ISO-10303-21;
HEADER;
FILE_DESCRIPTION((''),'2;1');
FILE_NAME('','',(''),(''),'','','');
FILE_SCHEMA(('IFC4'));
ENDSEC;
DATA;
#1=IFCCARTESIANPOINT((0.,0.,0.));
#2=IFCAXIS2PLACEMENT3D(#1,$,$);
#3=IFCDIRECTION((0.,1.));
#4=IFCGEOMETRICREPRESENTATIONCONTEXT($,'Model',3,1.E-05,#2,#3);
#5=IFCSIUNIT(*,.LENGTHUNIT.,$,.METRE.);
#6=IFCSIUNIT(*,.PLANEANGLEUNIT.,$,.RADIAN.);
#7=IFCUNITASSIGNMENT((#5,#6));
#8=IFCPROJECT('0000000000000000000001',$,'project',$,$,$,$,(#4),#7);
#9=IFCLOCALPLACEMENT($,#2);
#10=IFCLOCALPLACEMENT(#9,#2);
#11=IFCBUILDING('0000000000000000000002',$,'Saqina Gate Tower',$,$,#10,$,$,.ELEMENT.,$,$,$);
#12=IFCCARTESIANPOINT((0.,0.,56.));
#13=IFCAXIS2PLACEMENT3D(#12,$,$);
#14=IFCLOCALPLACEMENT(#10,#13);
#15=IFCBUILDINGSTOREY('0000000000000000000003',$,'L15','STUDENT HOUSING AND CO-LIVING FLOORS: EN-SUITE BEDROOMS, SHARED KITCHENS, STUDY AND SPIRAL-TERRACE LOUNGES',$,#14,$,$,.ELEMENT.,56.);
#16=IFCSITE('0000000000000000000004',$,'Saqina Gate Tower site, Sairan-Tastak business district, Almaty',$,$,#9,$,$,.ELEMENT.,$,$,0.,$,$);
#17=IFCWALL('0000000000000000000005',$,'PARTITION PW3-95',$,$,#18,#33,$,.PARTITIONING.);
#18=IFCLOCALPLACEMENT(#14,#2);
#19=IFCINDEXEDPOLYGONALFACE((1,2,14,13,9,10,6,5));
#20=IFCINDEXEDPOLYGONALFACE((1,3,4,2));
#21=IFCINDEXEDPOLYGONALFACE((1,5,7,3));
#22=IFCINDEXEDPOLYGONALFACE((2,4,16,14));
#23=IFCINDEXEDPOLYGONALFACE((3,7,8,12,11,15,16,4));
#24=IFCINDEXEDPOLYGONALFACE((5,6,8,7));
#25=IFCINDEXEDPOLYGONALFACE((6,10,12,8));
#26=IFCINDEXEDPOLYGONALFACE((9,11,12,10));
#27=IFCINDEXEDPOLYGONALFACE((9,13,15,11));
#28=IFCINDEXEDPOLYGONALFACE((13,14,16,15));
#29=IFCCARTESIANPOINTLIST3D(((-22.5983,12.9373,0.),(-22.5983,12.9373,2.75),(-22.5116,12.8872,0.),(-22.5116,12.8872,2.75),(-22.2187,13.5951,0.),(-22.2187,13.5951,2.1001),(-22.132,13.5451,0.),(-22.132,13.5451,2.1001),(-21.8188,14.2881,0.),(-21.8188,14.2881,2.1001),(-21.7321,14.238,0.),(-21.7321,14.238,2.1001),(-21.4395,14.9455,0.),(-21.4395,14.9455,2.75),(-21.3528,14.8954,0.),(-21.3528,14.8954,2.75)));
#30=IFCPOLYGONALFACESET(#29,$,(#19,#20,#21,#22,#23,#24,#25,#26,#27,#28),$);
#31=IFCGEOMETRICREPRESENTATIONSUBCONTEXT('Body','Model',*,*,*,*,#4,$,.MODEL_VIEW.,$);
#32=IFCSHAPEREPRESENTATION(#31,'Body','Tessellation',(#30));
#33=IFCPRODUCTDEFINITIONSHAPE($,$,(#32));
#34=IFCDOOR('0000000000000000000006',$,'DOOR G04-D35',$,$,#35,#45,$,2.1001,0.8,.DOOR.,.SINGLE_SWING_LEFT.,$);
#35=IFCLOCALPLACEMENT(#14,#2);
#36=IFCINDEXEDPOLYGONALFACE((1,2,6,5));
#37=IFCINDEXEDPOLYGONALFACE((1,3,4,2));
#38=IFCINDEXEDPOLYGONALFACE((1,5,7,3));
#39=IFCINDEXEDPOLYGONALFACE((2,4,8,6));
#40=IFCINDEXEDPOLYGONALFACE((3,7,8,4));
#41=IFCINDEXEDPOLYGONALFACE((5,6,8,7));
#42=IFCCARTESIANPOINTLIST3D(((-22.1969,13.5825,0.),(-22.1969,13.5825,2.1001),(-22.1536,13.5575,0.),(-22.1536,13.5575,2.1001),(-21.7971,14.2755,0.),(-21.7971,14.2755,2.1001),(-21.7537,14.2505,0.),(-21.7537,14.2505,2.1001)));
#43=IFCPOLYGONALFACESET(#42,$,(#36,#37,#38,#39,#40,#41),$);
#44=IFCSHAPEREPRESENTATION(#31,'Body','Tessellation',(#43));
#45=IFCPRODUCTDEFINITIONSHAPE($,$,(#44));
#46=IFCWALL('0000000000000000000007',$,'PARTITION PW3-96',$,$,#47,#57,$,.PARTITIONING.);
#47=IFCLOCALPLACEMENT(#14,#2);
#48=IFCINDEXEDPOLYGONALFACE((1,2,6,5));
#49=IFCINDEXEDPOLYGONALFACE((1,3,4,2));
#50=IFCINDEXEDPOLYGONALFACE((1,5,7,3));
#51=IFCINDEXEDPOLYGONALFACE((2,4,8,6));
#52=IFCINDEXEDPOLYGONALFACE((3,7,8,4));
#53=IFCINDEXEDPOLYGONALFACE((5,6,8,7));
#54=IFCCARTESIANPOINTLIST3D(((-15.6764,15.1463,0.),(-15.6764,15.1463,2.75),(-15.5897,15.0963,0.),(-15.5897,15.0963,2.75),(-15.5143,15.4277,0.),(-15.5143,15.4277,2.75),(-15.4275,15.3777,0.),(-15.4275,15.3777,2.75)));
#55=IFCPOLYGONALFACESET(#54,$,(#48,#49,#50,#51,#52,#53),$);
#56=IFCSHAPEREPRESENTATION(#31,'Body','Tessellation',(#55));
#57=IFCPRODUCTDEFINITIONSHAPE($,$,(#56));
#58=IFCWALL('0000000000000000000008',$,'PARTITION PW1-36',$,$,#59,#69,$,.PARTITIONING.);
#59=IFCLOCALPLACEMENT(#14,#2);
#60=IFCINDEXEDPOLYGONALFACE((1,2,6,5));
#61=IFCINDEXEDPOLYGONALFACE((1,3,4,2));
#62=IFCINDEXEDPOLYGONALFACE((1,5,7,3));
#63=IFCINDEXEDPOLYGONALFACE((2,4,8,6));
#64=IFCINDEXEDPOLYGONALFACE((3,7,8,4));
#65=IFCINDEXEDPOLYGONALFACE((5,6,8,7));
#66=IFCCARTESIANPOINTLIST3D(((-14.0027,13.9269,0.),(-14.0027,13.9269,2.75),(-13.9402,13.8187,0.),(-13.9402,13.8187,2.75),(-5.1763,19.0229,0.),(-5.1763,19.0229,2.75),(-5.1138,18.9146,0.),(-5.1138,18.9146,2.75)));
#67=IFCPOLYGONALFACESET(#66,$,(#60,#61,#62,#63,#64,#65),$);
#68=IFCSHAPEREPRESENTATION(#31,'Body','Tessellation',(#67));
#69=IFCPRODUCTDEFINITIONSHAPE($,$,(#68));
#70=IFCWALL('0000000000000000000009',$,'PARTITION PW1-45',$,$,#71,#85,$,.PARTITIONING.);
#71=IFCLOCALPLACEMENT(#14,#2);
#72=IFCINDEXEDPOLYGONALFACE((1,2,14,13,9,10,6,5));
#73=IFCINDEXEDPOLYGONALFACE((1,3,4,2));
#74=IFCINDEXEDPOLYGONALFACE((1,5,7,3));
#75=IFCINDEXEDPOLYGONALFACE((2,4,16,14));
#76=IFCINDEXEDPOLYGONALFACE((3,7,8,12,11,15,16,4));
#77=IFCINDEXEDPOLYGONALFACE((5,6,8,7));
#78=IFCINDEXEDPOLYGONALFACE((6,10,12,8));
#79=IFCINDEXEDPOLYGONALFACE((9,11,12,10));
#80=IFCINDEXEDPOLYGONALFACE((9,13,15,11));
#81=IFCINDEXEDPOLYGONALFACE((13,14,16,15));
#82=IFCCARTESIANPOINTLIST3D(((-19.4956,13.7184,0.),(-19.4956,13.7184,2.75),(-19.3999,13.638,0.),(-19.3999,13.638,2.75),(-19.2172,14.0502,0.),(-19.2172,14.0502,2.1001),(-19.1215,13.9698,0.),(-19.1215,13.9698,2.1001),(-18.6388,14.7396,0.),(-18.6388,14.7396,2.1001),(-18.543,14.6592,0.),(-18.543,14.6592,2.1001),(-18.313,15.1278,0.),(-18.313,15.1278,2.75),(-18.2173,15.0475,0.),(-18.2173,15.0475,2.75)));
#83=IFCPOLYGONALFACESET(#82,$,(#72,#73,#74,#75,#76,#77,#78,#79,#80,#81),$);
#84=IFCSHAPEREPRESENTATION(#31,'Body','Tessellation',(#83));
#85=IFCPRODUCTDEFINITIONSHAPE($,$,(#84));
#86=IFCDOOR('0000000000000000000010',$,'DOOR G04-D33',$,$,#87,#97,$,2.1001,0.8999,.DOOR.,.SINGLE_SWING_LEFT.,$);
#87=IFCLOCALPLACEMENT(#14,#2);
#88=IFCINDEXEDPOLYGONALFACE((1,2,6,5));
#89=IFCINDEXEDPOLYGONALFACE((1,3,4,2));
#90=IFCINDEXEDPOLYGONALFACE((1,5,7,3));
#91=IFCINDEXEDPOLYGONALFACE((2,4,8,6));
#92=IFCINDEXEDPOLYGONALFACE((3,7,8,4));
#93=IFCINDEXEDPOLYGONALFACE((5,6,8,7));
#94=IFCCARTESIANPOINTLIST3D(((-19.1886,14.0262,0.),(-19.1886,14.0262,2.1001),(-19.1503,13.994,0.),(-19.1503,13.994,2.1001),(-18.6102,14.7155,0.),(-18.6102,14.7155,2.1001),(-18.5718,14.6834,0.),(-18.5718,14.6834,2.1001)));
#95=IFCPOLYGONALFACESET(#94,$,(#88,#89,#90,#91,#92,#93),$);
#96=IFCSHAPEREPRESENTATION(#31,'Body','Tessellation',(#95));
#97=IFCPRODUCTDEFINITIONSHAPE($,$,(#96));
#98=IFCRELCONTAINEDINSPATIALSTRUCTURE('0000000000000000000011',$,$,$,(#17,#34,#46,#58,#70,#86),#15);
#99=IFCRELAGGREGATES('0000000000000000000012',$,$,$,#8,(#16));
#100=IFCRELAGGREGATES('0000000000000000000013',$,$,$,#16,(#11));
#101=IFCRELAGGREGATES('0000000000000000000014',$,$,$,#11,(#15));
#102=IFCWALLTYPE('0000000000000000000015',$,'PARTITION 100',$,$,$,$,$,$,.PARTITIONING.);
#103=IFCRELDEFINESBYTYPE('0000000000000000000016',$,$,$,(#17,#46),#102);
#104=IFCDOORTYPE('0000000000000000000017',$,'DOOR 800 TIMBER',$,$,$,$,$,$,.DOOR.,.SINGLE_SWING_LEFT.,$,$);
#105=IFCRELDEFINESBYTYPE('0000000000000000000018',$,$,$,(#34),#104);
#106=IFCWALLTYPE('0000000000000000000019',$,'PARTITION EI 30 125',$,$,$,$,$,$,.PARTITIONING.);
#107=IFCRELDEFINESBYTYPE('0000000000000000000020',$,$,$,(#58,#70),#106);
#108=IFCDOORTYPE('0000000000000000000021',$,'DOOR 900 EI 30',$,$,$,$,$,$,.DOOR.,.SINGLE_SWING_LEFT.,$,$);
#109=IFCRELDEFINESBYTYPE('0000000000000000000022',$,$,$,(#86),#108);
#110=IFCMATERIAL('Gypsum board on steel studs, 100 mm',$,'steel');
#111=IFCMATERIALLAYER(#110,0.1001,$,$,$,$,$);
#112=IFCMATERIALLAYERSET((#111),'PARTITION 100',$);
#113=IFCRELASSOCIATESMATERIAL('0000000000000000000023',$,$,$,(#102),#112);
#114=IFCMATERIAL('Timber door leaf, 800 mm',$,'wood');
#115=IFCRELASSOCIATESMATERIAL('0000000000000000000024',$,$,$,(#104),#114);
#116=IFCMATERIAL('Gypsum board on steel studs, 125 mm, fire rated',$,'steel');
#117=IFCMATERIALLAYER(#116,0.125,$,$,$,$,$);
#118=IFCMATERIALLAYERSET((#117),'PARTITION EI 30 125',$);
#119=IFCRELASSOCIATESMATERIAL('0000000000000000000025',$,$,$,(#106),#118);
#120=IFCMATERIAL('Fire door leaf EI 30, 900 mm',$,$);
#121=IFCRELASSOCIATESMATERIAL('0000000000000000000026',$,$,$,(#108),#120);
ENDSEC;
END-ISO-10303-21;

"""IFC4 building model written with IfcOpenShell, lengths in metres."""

from ifc_helpers import new_model, si_unit, direction, frame, frame_2d, origin, place, context, subcontext, project, spatial, rectangle, extrude, material, layer, layer_set, type_object, element, fill, save


model = new_model("IFC4")

# Units and contexts
model_context = context("Model", 3, precision=1e-05, world=origin(), true_north=direction((0.0, 1.0)))
body_context = subcontext(model_context, "Body", "Model", "MODEL_VIEW")
ifc_project = project(units=[si_unit("LENGTHUNIT", "METRE"), si_unit("PLANEANGLEUNIT", "RADIAN")], contexts=[model_context])

# Site, building, storey
site_placement = place(None, origin())
site = spatial("IfcSite", under=ifc_project, at=site_placement, Name="Saqina Gate Tower site, Sairan-Tastak business district, Almaty", CompositionType="ELEMENT", RefElevation=0.0)
building_placement = place(site_placement, origin())
building = spatial("IfcBuilding", under=site, at=building_placement, Name="Saqina Gate Tower", CompositionType="ELEMENT")
storey_placement = place(building_placement, frame((0.0, 0.0, 56.0)))
storey = spatial("IfcBuildingStorey", under=building, at=storey_placement, Name="L15", Description="STUDENT HOUSING AND CO-LIVING FLOORS: EN-SUITE BEDROOMS, SHARED KITCHENS, STUDY AND SPIRAL-TERRACE LOUNGES", CompositionType="ELEMENT", Elevation=56.0)

# Shared definitions
ifc_material_1 = material(Name="Gypsum board on steel studs, 100 mm", Category="steel")
ifc_layer_1 = layer(ifc_material_1, 0.1001)
ifc_layer_set_1 = layer_set([ifc_layer_1], Name="PARTITION 100")
wall_type_1 = type_object("IfcWallType", Name="PARTITION 100", PredefinedType="PARTITIONING", material=ifc_layer_set_1)

# Shared definitions
ifc_material_2 = material(Name="Timber door leaf, 800 mm", Category="wood")
door_type_1 = type_object("IfcDoorType", Name="DOOR 800 TIMBER", OperationType="SINGLE_SWING_LEFT", PredefinedType="DOOR", material=ifc_material_2)

# Wall, opening, door
wall_1_placement = place(storey_placement, frame((-22.5549, 12.9124, 0.0), z_axis=(0.0, 0.0, 1.0), x_axis=(0.49982, 0.866129, 0.0)))
wall_1 = element("IfcWall", 1, at=wall_1_placement, inside=storey, type_object=wall_type_1, Name="PARTITION PW3-95", PredefinedType="PARTITIONING", context=body_context, shape_type="SweptSolid", body=[
    extrude(rectangle(XDim=2.3186, YDim=0.1001, at=frame_2d((1.1592, 0.0))), origin(), (0.0, 0.0, 1.0), 2.75),
])
opening_1_placement = place(wall_1_placement, frame((0.7595, 0.0, 0.0)))
opening_1 = element("IfcOpeningElement", 2, at=opening_1_placement, cuts=wall_1, PredefinedType="OPENING", context=body_context, shape_type="SweptSolid", body=[
    extrude(rectangle(XDim=0.8, YDim=2.1001, at=frame_2d((0.3999, 1.05))), frame((0.0, 0.062, 0.0), z_axis=(0.0, -1.0, 0.0), x_axis=(1.0, 0.0, 0.0)), (0.0, 0.0, 1.0), 0.124),
])
door_1_placement = place(opening_1_placement, origin())
door_1 = element("IfcDoor", 3, at=door_1_placement, inside=storey, type_object=door_type_1, Name="DOOR G04-D35", OperationType="SINGLE_SWING_LEFT", OverallHeight=2.1001, OverallWidth=0.8, PredefinedType="DOOR", context=body_context, shape_type="SweptSolid", body=[
    extrude(rectangle(XDim=0.8, YDim=2.1001, at=frame_2d((0.3999, 1.05))), frame((0.0, 0.0249, 0.0), z_axis=(0.0, -1.0, 0.0), x_axis=(1.0, 0.0, 0.0)), (0.0, 0.0, 1.0), 0.05),
])
fill(opening_1, door_1)

# Walls
wall_2_placement = place(storey_placement, frame((-15.6331, 15.1213, 0.0), z_axis=(0.0, 0.0, 1.0), x_axis=(0.499375, 0.866386, 0.0)))
element("IfcWall", 4, at=wall_2_placement, inside=storey, type_object=wall_type_1, Name="PARTITION PW3-96", PredefinedType="PARTITIONING", context=body_context, shape_type="SweptSolid", body=[
    extrude(rectangle(XDim=0.3247, YDim=0.1001, at=frame_2d((0.1624, 0.0))), origin(), (0.0, 0.0, 1.0), 2.75),
])
ifc_material_3 = material(Name="Gypsum board on steel studs, 125 mm, fire rated", Category="steel")
ifc_layer_2 = layer(ifc_material_3, 0.125)
ifc_layer_set_2 = layer_set([ifc_layer_2], Name="PARTITION EI 30 125")
wall_type_2 = type_object("IfcWallType", Name="PARTITION EI 30 125", PredefinedType="PARTITIONING", material=ifc_layer_set_2)
wall_3_placement = place(storey_placement, frame((-13.9714, 13.8728, 0.0), z_axis=(0.0, 0.0, 1.0), x_axis=(0.866025, 0.500001, 0.0)))
element("IfcWall", 5, at=wall_3_placement, inside=storey, type_object=wall_type_2, Name="PARTITION PW1-36", PredefinedType="PARTITIONING", context=body_context, shape_type="SweptSolid", body=[
    extrude(rectangle(XDim=10.1919, YDim=0.125, at=frame_2d((5.0959, 0.0))), origin(), (0.0, 0.0, 1.0), 2.75),
])

# Wall, opening, door
wall_4_placement = place(storey_placement, frame((-19.4478, 13.6782, 0.0), z_axis=(0.0, 0.0, 1.0), x_axis=(0.642778, 0.766052, 0.0)))
wall_4 = element("IfcWall", 6, at=wall_4_placement, inside=storey, type_object=wall_type_2, Name="PARTITION PW1-45", PredefinedType="PARTITIONING", context=body_context, shape_type="SweptSolid", body=[
    extrude(rectangle(XDim=1.8398, YDim=0.125, at=frame_2d((0.9199, 0.0))), origin(), (0.0, 0.0, 1.0), 2.75),
])
opening_2_placement = place(wall_4_placement, frame((0.4331, 0.0, 0.0)))
opening_2 = element("IfcOpeningElement", 7, at=opening_2_placement, cuts=wall_4, PredefinedType="OPENING", context=body_context, shape_type="SweptSolid", body=[
    extrude(rectangle(XDim=0.8999, YDim=2.1001, at=frame_2d((0.45, 1.05))), frame((0.0, 0.0745, 0.0), z_axis=(0.0, -1.0, 0.0), x_axis=(1.0, 0.0, 0.0)), (0.0, 0.0, 1.0), 0.1489),
])
ifc_material_4 = material(Name="Fire door leaf EI 30, 900 mm")
door_type_2 = type_object("IfcDoorType", Name="DOOR 900 EI 30", OperationType="SINGLE_SWING_LEFT", PredefinedType="DOOR", material=ifc_material_4)
door_2_placement = place(opening_2_placement, frame((0.8999, 0.0, 0.0), z_axis=(0.0, 0.0, 1.0), x_axis=(-1.0, 0.0, 0.0)))
door_2 = element("IfcDoor", 8, at=door_2_placement, inside=storey, type_object=door_type_2, Name="DOOR G04-D33", OperationType="SINGLE_SWING_LEFT", OverallHeight=2.1001, OverallWidth=0.8999, PredefinedType="DOOR", context=body_context, shape_type="SweptSolid", body=[
    extrude(rectangle(XDim=0.8999, YDim=2.1001, at=frame_2d((0.45, 1.05))), frame((0.0, 0.0249, 0.0), z_axis=(0.0, -1.0, 0.0), x_axis=(1.0, 0.0, 0.0)), (0.0, 0.0, 1.0), 0.05),
])
fill(opening_2, door_2)

save(model, "model.ifc")
